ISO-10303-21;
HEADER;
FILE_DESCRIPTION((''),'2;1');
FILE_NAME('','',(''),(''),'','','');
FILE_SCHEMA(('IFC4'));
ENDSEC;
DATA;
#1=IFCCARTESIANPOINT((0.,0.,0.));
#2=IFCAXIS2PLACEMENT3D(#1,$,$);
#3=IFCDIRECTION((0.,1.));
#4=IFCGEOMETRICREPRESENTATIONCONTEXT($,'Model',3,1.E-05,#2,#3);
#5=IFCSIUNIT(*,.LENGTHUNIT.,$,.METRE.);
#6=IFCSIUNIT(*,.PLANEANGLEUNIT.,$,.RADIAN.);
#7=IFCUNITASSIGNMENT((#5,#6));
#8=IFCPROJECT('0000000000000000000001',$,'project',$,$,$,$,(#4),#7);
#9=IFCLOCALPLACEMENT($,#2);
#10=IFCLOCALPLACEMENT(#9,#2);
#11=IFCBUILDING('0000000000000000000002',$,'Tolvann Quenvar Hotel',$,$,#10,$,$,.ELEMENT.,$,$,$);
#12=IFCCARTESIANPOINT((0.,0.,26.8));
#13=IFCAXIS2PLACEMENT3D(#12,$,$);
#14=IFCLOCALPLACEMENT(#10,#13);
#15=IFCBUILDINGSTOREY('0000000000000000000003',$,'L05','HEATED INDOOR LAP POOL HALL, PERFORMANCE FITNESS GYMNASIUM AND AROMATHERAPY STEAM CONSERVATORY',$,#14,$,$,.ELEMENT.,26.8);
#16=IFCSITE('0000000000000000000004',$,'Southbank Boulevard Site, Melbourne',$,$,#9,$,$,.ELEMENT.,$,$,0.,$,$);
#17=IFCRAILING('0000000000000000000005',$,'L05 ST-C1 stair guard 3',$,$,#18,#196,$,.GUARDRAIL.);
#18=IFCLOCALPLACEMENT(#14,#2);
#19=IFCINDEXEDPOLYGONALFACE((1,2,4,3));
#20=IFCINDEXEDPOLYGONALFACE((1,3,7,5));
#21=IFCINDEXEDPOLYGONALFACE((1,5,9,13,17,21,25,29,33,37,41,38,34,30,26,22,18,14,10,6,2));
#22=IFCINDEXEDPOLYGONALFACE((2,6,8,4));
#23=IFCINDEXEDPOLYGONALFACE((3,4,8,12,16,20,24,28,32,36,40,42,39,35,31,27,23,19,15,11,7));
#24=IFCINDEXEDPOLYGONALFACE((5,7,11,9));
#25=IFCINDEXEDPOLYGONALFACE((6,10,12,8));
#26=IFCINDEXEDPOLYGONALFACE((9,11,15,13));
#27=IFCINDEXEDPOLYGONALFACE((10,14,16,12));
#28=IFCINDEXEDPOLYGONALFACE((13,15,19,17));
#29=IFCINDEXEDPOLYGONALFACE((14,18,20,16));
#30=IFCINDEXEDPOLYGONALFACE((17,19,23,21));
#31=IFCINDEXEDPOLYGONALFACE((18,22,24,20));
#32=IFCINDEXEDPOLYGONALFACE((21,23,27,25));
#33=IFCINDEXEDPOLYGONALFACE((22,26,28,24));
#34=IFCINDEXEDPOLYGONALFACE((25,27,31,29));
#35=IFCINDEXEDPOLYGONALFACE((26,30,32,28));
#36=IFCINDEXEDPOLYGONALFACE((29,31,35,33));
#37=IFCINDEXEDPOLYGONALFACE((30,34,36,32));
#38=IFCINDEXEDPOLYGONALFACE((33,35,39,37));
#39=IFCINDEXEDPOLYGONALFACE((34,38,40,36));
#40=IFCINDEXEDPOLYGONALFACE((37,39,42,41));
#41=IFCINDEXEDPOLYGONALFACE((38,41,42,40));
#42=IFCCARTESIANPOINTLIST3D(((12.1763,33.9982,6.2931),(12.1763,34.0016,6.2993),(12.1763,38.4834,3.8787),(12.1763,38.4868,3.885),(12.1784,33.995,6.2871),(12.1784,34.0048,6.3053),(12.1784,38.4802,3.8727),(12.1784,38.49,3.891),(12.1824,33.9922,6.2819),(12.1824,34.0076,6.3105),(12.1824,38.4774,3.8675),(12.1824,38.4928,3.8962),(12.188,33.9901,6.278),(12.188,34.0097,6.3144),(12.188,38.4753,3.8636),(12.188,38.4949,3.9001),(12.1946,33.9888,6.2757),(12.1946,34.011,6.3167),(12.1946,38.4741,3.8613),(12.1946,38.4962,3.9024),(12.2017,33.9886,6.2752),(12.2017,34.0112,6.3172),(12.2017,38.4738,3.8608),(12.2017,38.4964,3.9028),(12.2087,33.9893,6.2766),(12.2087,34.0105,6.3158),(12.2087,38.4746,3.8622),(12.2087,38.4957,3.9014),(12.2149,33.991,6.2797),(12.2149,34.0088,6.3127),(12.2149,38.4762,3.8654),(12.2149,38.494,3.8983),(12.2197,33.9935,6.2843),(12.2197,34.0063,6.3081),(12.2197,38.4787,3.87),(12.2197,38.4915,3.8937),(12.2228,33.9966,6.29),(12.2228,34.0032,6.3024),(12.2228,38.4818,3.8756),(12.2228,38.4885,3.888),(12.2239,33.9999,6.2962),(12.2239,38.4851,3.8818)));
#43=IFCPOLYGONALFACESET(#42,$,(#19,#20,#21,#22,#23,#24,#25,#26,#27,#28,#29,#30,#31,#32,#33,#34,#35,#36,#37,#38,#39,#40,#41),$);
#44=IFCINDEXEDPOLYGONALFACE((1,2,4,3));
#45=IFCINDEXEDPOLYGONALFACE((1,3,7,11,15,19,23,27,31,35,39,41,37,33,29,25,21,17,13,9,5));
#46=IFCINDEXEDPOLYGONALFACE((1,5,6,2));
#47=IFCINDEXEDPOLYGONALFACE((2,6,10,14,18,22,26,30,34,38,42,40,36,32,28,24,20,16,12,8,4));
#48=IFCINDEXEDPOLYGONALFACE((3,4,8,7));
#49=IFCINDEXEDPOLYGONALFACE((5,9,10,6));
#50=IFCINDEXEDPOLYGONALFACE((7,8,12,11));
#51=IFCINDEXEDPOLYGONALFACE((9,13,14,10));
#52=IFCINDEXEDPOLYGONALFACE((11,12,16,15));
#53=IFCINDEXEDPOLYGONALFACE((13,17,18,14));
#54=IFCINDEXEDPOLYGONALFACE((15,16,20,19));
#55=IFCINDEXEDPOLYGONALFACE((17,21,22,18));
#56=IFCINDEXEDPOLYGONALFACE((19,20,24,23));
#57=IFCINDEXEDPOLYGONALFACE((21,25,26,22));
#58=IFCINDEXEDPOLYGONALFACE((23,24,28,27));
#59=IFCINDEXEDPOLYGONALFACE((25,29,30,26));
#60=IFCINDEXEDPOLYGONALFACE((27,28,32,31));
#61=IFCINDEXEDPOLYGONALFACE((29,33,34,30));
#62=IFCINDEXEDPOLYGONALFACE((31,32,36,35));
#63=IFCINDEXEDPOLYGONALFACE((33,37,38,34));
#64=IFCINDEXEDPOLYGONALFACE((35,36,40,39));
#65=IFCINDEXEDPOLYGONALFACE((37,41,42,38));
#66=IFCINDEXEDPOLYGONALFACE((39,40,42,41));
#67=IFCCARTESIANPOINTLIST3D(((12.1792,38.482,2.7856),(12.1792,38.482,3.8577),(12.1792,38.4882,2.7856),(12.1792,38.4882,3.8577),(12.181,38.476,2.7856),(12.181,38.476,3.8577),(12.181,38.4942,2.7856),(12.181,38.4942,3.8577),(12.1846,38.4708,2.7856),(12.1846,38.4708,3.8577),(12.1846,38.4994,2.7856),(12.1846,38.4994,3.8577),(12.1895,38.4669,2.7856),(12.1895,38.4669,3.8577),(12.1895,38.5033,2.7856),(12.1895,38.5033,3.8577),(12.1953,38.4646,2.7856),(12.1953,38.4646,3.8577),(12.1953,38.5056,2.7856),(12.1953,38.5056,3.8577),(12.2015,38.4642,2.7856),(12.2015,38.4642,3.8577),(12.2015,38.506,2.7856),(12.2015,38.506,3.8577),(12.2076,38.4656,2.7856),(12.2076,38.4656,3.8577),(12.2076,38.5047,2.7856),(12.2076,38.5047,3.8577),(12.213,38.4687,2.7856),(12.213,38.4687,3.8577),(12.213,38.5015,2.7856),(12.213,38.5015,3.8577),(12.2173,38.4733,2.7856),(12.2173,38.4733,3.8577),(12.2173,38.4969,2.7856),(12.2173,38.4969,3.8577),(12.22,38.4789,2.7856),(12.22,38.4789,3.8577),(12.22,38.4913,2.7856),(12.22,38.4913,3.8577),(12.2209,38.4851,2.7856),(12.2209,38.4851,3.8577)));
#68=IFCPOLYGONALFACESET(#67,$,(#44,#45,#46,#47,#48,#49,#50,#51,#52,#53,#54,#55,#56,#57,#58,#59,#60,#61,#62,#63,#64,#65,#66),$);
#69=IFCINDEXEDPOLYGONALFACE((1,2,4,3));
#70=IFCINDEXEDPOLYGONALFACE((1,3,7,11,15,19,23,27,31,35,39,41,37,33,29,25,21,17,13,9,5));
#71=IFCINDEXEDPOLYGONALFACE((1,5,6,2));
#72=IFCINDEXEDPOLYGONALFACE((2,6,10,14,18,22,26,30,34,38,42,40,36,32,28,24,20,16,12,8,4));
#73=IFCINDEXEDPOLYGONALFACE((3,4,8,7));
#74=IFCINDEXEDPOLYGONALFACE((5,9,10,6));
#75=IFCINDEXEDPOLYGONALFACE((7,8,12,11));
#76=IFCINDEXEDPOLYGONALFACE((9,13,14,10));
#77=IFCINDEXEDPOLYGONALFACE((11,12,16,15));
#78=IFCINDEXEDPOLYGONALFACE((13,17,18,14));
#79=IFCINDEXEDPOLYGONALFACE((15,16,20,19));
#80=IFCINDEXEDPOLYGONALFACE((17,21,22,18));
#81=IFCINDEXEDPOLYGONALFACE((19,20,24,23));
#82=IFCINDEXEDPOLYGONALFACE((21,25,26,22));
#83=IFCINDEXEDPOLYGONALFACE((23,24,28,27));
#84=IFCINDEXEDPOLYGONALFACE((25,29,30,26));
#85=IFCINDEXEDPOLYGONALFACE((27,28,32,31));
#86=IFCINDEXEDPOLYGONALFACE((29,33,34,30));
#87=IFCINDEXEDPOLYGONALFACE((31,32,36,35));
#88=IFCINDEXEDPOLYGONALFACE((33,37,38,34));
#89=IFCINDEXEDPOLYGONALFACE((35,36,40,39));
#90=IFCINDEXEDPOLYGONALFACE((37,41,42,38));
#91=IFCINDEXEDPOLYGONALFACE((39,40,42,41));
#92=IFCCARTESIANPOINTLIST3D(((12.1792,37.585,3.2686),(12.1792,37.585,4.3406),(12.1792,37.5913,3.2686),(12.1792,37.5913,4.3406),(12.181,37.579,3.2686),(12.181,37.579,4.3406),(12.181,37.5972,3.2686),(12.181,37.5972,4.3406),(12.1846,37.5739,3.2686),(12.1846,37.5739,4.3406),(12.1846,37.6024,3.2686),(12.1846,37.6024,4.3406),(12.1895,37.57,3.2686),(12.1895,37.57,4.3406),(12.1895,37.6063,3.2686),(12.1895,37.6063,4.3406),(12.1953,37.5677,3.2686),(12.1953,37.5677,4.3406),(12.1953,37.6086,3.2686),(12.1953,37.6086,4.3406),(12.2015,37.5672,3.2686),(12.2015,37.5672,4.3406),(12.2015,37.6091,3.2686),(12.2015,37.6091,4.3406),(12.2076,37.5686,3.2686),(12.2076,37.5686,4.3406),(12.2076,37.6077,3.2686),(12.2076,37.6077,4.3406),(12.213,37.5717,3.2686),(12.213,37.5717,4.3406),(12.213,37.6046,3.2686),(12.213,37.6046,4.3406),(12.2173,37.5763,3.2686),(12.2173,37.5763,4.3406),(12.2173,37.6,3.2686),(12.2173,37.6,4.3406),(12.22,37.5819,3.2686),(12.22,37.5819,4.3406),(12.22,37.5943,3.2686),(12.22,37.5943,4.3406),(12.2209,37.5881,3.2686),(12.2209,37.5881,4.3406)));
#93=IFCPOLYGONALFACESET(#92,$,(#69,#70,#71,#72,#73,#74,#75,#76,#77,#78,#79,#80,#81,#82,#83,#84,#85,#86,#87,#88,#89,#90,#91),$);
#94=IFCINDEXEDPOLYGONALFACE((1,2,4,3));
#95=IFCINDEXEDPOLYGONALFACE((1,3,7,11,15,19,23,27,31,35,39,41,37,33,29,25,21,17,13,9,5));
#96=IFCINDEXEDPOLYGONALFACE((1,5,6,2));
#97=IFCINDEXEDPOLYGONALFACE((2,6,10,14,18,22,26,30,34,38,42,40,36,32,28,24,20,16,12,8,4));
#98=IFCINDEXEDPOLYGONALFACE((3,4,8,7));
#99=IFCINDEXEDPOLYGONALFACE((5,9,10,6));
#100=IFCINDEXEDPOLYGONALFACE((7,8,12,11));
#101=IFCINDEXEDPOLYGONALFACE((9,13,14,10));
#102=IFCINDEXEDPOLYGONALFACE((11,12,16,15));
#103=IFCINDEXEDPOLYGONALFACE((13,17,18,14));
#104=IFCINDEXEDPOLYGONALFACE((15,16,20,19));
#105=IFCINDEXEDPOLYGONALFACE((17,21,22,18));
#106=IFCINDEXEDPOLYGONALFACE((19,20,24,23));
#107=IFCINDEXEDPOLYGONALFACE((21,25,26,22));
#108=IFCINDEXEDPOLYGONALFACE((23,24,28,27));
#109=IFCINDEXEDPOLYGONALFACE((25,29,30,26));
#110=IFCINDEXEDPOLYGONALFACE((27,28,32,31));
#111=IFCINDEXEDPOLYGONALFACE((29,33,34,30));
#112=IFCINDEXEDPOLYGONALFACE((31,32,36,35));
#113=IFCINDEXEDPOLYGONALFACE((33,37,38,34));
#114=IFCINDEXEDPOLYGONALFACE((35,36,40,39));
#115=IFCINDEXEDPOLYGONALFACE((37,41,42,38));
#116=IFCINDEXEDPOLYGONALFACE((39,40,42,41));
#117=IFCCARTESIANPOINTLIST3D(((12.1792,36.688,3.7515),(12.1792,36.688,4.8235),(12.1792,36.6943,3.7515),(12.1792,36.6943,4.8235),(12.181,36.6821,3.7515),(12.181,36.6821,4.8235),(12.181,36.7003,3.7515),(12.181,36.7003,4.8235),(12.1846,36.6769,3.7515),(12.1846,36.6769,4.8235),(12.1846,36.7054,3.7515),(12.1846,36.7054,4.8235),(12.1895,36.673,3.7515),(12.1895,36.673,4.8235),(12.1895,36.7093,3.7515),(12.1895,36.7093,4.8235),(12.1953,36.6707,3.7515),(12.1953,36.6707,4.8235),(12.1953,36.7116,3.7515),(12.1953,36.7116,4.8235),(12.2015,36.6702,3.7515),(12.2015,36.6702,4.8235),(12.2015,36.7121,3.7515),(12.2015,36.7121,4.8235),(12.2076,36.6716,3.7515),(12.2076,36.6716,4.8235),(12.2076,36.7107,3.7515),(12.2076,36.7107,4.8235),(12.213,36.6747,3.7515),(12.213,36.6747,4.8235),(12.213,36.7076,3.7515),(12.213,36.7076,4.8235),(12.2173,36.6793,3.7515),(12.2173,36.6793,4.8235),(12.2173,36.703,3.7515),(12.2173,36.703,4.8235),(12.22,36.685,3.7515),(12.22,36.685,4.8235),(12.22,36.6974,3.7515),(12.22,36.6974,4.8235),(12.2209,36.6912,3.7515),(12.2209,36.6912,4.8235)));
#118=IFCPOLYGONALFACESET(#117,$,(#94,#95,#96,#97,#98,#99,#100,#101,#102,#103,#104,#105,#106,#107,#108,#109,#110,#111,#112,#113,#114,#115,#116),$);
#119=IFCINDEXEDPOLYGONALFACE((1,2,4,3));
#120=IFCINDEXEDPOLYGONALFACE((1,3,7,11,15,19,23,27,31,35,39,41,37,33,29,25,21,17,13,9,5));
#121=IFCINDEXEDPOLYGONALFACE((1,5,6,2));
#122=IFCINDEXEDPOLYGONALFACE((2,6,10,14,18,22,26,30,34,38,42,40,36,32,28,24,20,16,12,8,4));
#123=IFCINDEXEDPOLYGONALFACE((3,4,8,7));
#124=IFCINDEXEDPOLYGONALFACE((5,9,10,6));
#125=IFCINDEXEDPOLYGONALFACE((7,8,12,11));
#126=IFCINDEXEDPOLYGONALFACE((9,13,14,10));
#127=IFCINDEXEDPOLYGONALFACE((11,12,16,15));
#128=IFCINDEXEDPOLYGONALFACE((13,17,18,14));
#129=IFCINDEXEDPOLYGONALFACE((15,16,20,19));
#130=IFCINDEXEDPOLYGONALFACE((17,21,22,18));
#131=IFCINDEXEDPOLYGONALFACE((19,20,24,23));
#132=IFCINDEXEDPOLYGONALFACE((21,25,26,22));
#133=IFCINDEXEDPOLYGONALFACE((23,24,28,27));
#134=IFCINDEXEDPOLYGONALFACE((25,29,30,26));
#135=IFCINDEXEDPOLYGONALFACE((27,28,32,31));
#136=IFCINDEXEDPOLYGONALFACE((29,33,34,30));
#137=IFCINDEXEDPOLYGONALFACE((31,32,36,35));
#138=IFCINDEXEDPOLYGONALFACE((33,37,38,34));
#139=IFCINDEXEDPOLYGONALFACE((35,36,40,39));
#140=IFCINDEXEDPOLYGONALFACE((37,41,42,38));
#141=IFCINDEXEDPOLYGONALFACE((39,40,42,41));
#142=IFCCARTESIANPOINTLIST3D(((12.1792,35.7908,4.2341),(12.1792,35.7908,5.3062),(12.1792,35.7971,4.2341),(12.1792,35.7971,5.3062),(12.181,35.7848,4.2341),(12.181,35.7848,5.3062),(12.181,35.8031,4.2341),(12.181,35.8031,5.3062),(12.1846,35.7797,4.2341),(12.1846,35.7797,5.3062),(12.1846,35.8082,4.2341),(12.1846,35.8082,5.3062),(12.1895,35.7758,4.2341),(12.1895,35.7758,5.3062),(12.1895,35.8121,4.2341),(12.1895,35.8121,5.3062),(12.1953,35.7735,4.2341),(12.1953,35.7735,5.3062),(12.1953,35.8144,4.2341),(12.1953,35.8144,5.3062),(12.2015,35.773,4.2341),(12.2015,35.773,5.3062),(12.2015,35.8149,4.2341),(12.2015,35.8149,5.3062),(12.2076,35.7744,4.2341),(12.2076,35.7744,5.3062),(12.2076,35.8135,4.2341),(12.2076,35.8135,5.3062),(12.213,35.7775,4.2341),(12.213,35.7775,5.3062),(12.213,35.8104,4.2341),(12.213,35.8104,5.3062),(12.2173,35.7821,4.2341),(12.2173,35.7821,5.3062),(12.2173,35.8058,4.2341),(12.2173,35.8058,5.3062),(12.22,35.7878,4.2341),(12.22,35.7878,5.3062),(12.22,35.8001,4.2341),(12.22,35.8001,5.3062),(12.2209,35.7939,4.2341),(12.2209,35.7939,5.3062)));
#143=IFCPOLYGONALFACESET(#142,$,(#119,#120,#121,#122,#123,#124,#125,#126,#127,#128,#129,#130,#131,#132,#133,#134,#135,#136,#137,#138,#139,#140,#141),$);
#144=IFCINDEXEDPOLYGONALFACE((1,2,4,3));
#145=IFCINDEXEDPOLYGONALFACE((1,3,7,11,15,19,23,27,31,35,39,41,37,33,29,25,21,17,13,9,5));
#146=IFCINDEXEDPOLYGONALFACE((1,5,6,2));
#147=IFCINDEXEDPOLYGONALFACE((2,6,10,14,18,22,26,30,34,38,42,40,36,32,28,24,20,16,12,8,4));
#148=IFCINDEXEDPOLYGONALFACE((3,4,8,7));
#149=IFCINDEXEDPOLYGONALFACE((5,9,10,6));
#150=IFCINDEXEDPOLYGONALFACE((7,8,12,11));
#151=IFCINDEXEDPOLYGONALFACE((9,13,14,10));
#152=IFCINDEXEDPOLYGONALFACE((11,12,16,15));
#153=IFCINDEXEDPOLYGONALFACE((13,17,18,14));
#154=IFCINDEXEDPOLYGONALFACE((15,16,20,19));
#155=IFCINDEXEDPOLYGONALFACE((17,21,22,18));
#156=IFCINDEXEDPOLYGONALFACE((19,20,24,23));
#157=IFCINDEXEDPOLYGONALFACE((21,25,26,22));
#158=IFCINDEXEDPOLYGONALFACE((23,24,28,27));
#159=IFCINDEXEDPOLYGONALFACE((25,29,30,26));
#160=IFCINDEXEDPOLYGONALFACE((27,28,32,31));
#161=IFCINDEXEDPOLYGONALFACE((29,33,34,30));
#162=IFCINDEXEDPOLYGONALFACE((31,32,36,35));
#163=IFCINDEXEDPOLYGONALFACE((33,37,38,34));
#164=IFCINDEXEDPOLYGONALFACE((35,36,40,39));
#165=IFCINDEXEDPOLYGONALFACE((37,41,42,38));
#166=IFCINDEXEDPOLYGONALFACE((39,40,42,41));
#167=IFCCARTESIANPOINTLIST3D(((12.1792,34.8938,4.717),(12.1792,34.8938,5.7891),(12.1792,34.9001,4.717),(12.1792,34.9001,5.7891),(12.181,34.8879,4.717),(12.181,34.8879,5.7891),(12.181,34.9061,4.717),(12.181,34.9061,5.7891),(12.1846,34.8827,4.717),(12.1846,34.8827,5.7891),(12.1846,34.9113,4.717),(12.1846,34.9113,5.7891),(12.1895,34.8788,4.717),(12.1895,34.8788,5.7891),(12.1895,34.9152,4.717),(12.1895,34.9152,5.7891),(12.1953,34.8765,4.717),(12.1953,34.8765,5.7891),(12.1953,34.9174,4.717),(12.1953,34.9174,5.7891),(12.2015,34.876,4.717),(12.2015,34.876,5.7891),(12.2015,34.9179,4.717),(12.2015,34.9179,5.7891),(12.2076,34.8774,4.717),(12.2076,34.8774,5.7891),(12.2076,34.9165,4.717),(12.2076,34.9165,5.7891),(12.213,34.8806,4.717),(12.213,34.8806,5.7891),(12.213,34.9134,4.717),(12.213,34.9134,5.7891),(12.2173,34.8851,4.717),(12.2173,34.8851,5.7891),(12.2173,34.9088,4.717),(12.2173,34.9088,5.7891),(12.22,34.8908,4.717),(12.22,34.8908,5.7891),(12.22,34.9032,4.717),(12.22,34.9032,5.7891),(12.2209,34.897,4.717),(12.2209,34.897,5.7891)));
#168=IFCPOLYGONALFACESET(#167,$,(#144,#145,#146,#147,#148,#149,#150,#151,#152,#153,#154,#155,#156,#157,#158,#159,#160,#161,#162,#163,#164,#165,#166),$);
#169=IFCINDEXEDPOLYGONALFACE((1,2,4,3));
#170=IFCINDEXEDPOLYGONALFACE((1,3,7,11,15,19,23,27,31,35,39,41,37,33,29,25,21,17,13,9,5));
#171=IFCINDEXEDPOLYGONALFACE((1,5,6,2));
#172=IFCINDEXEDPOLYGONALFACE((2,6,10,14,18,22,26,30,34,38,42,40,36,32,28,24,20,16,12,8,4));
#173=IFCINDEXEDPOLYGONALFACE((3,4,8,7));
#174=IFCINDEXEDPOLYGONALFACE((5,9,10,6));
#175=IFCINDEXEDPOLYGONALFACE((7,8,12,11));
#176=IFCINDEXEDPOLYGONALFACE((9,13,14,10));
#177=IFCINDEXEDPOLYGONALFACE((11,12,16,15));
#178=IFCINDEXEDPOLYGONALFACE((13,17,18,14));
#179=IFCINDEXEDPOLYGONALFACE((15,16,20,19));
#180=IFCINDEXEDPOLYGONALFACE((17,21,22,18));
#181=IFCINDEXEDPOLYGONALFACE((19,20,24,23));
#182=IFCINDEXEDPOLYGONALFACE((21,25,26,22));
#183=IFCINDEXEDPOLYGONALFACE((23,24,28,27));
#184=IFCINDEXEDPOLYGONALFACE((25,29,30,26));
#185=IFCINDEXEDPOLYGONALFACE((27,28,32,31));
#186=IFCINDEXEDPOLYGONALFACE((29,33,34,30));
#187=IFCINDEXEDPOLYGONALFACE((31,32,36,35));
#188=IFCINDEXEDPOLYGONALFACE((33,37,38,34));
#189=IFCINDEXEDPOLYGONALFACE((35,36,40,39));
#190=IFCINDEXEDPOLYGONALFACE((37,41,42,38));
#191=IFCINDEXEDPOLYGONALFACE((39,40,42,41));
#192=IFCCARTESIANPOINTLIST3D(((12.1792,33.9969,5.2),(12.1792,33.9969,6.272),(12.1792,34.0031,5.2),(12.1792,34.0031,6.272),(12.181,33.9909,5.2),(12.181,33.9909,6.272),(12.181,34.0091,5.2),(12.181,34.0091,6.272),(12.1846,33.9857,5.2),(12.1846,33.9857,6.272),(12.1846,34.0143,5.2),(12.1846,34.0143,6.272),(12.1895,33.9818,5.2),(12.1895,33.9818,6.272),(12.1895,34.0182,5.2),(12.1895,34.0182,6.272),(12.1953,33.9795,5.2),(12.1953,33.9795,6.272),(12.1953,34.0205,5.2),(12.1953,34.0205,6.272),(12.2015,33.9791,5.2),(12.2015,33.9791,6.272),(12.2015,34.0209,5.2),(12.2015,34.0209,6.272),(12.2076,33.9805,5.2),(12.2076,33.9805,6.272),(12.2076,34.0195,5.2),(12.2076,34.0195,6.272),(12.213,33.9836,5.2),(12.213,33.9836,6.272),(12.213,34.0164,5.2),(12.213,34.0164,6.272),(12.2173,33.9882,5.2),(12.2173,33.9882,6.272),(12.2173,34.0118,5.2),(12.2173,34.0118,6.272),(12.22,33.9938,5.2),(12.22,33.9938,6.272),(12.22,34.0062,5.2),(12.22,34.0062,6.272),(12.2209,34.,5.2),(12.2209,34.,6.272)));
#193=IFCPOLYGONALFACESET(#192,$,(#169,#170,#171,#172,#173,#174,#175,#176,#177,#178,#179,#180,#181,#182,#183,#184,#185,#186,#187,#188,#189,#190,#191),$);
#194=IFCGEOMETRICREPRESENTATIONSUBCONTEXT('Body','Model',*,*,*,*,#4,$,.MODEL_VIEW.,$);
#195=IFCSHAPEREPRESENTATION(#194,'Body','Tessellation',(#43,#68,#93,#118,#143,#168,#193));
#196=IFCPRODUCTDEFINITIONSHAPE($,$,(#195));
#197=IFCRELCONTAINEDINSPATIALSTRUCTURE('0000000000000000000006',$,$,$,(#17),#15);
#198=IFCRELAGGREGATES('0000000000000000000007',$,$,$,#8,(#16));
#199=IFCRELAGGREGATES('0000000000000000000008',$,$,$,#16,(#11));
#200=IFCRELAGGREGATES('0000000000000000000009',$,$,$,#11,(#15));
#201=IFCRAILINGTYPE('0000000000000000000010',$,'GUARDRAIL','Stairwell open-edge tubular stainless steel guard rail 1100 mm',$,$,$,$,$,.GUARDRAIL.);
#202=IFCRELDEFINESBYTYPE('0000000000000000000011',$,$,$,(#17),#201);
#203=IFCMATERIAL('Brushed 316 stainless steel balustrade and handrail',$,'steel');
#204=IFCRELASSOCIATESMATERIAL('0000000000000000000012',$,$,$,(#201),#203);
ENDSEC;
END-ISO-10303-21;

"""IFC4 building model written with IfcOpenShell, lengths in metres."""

from ifc_helpers import new_model, si_unit, direction, frame, origin, origin_2d, place, context, subcontext, project, spatial, circle, extrude, material, type_object, element, save


model = new_model("IFC4")

# Units and contexts
model_context = context("Model", 3, precision=1e-05, world=origin(), true_north=direction((0.0, 1.0)))
body_context = subcontext(model_context, "Body", "Model", "MODEL_VIEW")
ifc_project = project(units=[si_unit("LENGTHUNIT", "METRE"), si_unit("PLANEANGLEUNIT", "RADIAN")], contexts=[model_context])

# Site, building, storey
site_placement = place(None, origin())
site = spatial("IfcSite", under=ifc_project, at=site_placement, Name="Southbank Boulevard Site, Melbourne", CompositionType="ELEMENT", RefElevation=0.0)
building_placement = place(site_placement, origin())
building = spatial("IfcBuilding", under=site, at=building_placement, Name="Tolvann Quenvar Hotel", CompositionType="ELEMENT")
storey_placement = place(building_placement, frame((0.0, 0.0, 26.8)))
storey = spatial("IfcBuildingStorey", under=building, at=storey_placement, Name="L05", Description="HEATED INDOOR LAP POOL HALL, PERFORMANCE FITNESS GYMNASIUM AND AROMATHERAPY STEAM CONSERVATORY", CompositionType="ELEMENT", Elevation=26.8)

# Railing
ifc_material_1 = material(Name="Brushed 316 stainless steel balustrade and handrail", Category="steel")
railing_type_1 = type_object("IfcRailingType", Name="GUARDRAIL", Description="Stairwell open-edge tubular stainless steel guard rail 1100 mm", PredefinedType="GUARDRAIL", material=ifc_material_1)
railing_1_placement = place(storey_placement, frame((12.2, 38.4851, 2.7856)))
element("IfcRailing", 1, at=railing_1_placement, inside=storey, type_object=railing_type_1, Name="L05 ST-C1 stair guard 3", PredefinedType="GUARDRAIL", context=body_context, shape_type="SweptSolid", body=[
    extrude(circle(Radius=0.0239, at=origin_2d()), frame((0.0, 0.0, 1.0962), z_axis=(0.0, -0.880533, 0.473985), x_axis=(1.0, 0.0, 0.0)), (0.0, 0.0, 1.0), 5.0938),
    extrude(circle(Radius=0.021, at=origin_2d()), origin(), (0.0, 0.0, 1.0), 1.072),
    extrude(circle(Radius=0.021, at=origin_2d()), frame((0.0, -0.897, 0.4829)), (0.0, 0.0, 1.0), 1.072),
    extrude(circle(Radius=0.021, at=origin_2d()), frame((0.0, -1.7939, 0.9658)), (0.0, 0.0, 1.0), 1.072),
    extrude(circle(Radius=0.021, at=origin_2d()), frame((0.0, -2.6912, 1.4485)), (0.0, 0.0, 1.0), 1.072),
    extrude(circle(Radius=0.021, at=origin_2d()), frame((0.0, -3.5881, 1.9314)), (0.0, 0.0, 1.0), 1.072),
    extrude(circle(Radius=0.021, at=origin_2d()), frame((0.0, -4.4851, 2.4143)), (0.0, 0.0, 1.0), 1.072),
])

save(model, "model.ifc")
